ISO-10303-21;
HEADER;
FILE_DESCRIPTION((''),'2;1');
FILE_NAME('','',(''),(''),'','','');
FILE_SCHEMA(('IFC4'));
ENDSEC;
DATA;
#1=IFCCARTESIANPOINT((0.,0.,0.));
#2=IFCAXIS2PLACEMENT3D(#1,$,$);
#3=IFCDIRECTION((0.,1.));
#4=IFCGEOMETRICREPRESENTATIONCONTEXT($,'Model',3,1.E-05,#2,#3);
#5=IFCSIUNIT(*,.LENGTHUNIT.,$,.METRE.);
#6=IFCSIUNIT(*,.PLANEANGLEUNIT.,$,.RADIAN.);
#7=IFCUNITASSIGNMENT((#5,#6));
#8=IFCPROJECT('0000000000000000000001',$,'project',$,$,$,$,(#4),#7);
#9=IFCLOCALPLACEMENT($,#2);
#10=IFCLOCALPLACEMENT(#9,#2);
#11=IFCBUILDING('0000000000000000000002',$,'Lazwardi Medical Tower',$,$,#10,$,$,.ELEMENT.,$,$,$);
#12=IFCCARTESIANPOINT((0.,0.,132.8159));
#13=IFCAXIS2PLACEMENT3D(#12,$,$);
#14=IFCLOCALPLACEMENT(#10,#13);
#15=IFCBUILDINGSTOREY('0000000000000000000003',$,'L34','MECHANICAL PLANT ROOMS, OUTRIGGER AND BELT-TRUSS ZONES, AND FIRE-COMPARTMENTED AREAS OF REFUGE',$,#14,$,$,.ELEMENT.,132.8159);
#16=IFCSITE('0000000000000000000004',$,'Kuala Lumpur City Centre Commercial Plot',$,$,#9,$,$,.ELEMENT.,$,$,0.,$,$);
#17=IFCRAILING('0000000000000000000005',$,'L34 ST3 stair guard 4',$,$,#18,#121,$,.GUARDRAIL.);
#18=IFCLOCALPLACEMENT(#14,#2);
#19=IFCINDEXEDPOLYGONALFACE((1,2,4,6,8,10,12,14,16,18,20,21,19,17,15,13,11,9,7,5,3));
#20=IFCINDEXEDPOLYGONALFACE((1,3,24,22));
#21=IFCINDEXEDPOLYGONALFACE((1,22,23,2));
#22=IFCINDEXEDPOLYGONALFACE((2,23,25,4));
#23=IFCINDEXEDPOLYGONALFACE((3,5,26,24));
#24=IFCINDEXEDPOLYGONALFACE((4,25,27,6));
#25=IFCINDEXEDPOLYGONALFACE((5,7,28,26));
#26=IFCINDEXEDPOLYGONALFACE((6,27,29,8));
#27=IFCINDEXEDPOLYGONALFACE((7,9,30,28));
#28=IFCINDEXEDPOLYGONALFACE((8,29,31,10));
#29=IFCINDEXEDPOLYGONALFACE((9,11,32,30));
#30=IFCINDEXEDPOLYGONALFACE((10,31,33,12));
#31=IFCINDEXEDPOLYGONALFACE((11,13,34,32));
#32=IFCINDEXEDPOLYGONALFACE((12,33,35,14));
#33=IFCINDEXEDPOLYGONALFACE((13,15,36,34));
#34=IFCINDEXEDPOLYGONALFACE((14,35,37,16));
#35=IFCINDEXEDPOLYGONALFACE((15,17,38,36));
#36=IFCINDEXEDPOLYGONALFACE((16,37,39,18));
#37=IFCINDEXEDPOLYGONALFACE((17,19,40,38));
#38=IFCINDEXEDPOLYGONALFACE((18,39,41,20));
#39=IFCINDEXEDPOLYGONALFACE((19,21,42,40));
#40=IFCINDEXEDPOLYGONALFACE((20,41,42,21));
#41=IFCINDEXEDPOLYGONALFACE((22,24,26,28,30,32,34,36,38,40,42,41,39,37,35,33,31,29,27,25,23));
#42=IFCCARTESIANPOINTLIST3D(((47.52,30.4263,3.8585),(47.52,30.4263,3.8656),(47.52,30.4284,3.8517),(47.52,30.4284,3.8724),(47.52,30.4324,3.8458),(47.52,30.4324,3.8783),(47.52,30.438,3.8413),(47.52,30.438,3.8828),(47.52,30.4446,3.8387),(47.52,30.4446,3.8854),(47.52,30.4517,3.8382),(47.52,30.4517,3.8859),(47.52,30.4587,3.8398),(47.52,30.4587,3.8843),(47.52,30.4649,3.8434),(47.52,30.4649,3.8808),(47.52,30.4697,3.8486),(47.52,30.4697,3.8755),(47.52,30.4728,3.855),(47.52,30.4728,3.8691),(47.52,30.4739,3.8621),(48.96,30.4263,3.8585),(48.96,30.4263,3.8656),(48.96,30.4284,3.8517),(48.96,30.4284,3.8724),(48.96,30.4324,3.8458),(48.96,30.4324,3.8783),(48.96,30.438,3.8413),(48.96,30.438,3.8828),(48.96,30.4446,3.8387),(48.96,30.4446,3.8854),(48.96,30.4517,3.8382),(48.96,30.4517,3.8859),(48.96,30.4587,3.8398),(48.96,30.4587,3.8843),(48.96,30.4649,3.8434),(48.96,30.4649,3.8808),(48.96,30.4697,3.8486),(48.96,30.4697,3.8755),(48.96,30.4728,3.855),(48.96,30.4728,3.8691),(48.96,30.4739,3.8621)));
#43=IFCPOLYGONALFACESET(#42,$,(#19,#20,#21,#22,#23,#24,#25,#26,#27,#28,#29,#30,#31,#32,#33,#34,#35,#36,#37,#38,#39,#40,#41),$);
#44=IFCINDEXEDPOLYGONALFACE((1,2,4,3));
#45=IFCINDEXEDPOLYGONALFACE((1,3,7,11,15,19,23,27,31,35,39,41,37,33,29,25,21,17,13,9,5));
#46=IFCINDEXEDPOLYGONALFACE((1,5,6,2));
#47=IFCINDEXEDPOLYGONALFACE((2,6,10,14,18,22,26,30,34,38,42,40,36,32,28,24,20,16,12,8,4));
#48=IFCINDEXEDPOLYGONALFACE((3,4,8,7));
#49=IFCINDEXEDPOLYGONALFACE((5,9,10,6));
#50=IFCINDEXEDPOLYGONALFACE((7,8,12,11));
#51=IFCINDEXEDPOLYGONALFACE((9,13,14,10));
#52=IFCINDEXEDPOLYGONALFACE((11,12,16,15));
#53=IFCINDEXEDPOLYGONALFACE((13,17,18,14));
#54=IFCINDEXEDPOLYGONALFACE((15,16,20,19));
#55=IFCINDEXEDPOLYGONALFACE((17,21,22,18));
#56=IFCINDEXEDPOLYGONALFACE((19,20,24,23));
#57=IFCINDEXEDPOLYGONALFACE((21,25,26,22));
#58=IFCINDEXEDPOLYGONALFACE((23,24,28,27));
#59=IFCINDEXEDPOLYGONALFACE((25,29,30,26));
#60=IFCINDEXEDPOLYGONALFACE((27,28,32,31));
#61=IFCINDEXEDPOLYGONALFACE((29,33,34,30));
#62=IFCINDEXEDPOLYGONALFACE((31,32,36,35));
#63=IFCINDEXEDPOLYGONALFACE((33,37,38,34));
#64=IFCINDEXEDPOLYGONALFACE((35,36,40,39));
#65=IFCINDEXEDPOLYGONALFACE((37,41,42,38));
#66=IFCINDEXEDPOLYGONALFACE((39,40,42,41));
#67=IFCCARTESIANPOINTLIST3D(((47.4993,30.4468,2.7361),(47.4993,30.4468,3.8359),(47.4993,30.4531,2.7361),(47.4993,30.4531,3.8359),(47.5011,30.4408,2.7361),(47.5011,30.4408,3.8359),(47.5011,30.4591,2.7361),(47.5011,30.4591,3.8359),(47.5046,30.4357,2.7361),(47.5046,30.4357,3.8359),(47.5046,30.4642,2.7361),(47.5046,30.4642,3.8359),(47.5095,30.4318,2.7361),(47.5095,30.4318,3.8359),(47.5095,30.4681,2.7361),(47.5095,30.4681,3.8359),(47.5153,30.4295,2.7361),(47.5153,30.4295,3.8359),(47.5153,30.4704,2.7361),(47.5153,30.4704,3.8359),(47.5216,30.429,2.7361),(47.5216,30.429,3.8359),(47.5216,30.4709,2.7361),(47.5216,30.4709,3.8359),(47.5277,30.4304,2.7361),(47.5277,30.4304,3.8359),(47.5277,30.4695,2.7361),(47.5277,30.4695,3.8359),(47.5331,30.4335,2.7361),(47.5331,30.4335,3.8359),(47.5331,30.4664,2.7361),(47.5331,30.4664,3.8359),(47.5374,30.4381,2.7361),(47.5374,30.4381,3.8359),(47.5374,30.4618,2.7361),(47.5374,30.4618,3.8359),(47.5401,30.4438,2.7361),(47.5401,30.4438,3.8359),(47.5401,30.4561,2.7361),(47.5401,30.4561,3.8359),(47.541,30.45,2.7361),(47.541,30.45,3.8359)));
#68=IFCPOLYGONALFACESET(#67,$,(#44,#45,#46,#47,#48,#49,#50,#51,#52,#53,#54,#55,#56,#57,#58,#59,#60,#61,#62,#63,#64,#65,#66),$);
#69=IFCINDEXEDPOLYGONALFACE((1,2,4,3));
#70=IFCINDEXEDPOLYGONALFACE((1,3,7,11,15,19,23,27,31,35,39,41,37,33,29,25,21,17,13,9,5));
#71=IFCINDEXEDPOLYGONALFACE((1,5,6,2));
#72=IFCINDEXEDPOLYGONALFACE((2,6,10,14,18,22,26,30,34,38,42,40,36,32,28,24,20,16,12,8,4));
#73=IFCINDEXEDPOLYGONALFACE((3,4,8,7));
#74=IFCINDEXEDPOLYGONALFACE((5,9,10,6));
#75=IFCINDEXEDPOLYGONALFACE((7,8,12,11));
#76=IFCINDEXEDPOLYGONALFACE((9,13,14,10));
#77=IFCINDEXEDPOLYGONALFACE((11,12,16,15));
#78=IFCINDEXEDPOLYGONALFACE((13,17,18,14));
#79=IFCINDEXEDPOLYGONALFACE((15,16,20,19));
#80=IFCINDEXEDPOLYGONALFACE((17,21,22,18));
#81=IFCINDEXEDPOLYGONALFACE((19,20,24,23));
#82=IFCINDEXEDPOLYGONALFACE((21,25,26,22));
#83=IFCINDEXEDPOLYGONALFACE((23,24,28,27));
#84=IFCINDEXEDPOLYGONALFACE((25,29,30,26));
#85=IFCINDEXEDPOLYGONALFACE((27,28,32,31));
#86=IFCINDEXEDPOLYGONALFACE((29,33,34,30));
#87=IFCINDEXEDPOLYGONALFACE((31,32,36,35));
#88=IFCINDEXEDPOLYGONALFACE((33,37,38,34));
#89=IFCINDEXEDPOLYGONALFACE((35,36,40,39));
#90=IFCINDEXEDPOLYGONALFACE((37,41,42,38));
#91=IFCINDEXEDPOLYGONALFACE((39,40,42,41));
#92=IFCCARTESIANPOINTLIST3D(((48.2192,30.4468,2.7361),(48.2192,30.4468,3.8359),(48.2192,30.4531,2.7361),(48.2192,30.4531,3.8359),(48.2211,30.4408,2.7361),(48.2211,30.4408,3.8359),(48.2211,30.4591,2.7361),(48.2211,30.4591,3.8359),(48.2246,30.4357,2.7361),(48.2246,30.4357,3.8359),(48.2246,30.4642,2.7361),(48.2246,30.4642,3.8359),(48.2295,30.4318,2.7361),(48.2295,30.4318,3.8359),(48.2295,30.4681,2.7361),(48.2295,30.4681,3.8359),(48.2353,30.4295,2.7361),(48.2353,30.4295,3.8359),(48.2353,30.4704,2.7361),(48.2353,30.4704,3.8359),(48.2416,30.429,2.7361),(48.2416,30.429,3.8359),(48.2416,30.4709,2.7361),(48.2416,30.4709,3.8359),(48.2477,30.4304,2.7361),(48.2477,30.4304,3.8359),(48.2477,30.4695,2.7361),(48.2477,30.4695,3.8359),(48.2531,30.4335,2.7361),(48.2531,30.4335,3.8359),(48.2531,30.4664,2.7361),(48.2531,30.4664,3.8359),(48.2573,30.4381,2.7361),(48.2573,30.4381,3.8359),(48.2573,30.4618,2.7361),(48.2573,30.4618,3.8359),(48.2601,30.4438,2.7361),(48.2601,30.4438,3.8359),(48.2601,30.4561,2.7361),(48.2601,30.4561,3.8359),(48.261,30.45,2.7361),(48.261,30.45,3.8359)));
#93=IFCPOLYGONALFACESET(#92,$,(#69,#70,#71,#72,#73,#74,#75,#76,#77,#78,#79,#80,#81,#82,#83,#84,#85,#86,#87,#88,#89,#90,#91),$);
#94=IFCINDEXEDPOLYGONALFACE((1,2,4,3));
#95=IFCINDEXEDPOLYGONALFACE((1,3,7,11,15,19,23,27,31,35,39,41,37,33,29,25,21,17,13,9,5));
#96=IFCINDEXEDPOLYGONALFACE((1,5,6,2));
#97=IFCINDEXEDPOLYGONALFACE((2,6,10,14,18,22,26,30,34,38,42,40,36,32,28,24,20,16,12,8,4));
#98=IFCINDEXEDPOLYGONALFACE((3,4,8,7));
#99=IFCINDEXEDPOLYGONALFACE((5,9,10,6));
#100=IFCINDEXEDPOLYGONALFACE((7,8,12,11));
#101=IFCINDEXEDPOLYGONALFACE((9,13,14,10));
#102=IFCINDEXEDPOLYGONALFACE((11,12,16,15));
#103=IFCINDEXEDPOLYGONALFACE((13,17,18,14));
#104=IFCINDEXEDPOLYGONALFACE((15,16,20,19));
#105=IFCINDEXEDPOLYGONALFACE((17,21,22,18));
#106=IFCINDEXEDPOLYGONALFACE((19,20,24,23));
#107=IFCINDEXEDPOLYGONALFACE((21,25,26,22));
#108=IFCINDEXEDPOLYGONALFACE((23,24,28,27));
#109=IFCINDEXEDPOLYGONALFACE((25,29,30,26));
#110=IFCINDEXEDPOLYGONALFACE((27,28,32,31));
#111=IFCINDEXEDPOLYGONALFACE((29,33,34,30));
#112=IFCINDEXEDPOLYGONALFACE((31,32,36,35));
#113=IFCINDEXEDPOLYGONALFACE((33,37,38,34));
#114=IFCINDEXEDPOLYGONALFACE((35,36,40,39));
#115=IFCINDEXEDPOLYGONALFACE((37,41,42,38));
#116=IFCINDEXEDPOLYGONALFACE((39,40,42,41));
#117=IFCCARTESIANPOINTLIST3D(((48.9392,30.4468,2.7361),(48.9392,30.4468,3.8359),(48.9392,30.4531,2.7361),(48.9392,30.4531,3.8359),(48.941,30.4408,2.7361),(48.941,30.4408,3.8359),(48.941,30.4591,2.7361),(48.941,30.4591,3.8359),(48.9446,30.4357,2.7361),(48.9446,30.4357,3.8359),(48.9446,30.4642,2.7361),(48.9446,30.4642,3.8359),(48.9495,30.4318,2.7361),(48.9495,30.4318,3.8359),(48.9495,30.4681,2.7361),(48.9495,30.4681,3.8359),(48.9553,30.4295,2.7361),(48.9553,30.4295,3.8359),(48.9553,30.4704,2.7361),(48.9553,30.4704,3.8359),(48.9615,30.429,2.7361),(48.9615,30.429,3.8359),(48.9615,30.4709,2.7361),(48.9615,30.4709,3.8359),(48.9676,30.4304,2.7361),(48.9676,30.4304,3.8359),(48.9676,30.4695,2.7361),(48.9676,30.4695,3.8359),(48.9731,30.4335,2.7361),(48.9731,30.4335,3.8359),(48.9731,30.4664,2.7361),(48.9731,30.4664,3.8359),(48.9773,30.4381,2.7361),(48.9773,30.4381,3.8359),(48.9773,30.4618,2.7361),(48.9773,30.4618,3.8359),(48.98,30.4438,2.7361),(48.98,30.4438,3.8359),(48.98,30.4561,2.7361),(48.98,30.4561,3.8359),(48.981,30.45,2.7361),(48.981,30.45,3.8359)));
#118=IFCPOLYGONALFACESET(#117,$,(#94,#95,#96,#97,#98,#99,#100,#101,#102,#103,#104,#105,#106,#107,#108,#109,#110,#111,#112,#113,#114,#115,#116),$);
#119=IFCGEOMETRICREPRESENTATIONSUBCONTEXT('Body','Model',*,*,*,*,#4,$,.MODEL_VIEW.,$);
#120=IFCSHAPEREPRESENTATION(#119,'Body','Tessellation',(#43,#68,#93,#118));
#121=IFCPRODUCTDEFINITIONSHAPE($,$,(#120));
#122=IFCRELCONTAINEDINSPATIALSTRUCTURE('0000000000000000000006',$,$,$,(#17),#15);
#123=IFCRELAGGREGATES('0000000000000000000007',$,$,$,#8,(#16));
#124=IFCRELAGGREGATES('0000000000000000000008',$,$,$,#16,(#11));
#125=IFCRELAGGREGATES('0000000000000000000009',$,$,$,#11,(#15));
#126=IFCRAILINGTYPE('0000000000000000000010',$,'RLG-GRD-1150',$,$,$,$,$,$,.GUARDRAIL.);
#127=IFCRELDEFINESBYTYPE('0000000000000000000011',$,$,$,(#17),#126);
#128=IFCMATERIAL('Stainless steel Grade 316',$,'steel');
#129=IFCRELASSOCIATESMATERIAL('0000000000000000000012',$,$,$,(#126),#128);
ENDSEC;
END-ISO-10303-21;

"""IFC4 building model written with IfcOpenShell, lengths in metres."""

from ifc_helpers import new_model, si_unit, direction, frame, origin, origin_2d, place, context, subcontext, project, spatial, circle, extrude, material, type_object, element, save


model = new_model("IFC4")

# Units and contexts
model_context = context("Model", 3, precision=1e-05, world=origin(), true_north=direction((0.0, 1.0)))
body_context = subcontext(model_context, "Body", "Model", "MODEL_VIEW")
ifc_project = project(units=[si_unit("LENGTHUNIT", "METRE"), si_unit("PLANEANGLEUNIT", "RADIAN")], contexts=[model_context])

# Site, building, storey
site_placement = place(None, origin())
site = spatial("IfcSite", under=ifc_project, at=site_placement, Name="Kuala Lumpur City Centre Commercial Plot", CompositionType="ELEMENT", RefElevation=0.0)
building_placement = place(site_placement, origin())
building = spatial("IfcBuilding", under=site, at=building_placement, Name="Lazwardi Medical Tower", CompositionType="ELEMENT")
storey_placement = place(building_placement, frame((0.0, 0.0, 132.8159)))
storey = spatial("IfcBuildingStorey", under=building, at=storey_placement, Name="L34", Description="MECHANICAL PLANT ROOMS, OUTRIGGER AND BELT-TRUSS ZONES, AND FIRE-COMPARTMENTED AREAS OF REFUGE", CompositionType="ELEMENT", Elevation=132.8159)

# Railing
ifc_material_1 = material(Name="Stainless steel Grade 316", Category="steel")
railing_type_1 = type_object("IfcRailingType", Name="RLG-GRD-1150", PredefinedType="GUARDRAIL", material=ifc_material_1)
railing_1_placement = place(storey_placement, frame((47.52, 30.45, 2.7361)))
element("IfcRailing", 1, at=railing_1_placement, inside=storey, type_object=railing_type_1, Name="L34 ST3 stair guard 4", PredefinedType="GUARDRAIL", context=body_context, shape_type="SweptSolid", body=[
    extrude(circle(Radius=0.0239, at=origin_2d()), frame((0.0, 0.0, 1.126), z_axis=(1.0, 0.0, 0.0), x_axis=(0.0, 1.0, 0.0)), (0.0, 0.0, 1.0), 1.4399),
    extrude(circle(Radius=0.021, at=origin_2d()), origin(), (0.0, 0.0, 1.0), 1.0999),
    extrude(circle(Radius=0.021, at=origin_2d()), frame((0.72, 0.0, 0.0)), (0.0, 0.0, 1.0), 1.0999),
    extrude(circle(Radius=0.021, at=origin_2d()), frame((1.4399, 0.0, 0.0)), (0.0, 0.0, 1.0), 1.0999),
])

save(model, "model.ifc")
